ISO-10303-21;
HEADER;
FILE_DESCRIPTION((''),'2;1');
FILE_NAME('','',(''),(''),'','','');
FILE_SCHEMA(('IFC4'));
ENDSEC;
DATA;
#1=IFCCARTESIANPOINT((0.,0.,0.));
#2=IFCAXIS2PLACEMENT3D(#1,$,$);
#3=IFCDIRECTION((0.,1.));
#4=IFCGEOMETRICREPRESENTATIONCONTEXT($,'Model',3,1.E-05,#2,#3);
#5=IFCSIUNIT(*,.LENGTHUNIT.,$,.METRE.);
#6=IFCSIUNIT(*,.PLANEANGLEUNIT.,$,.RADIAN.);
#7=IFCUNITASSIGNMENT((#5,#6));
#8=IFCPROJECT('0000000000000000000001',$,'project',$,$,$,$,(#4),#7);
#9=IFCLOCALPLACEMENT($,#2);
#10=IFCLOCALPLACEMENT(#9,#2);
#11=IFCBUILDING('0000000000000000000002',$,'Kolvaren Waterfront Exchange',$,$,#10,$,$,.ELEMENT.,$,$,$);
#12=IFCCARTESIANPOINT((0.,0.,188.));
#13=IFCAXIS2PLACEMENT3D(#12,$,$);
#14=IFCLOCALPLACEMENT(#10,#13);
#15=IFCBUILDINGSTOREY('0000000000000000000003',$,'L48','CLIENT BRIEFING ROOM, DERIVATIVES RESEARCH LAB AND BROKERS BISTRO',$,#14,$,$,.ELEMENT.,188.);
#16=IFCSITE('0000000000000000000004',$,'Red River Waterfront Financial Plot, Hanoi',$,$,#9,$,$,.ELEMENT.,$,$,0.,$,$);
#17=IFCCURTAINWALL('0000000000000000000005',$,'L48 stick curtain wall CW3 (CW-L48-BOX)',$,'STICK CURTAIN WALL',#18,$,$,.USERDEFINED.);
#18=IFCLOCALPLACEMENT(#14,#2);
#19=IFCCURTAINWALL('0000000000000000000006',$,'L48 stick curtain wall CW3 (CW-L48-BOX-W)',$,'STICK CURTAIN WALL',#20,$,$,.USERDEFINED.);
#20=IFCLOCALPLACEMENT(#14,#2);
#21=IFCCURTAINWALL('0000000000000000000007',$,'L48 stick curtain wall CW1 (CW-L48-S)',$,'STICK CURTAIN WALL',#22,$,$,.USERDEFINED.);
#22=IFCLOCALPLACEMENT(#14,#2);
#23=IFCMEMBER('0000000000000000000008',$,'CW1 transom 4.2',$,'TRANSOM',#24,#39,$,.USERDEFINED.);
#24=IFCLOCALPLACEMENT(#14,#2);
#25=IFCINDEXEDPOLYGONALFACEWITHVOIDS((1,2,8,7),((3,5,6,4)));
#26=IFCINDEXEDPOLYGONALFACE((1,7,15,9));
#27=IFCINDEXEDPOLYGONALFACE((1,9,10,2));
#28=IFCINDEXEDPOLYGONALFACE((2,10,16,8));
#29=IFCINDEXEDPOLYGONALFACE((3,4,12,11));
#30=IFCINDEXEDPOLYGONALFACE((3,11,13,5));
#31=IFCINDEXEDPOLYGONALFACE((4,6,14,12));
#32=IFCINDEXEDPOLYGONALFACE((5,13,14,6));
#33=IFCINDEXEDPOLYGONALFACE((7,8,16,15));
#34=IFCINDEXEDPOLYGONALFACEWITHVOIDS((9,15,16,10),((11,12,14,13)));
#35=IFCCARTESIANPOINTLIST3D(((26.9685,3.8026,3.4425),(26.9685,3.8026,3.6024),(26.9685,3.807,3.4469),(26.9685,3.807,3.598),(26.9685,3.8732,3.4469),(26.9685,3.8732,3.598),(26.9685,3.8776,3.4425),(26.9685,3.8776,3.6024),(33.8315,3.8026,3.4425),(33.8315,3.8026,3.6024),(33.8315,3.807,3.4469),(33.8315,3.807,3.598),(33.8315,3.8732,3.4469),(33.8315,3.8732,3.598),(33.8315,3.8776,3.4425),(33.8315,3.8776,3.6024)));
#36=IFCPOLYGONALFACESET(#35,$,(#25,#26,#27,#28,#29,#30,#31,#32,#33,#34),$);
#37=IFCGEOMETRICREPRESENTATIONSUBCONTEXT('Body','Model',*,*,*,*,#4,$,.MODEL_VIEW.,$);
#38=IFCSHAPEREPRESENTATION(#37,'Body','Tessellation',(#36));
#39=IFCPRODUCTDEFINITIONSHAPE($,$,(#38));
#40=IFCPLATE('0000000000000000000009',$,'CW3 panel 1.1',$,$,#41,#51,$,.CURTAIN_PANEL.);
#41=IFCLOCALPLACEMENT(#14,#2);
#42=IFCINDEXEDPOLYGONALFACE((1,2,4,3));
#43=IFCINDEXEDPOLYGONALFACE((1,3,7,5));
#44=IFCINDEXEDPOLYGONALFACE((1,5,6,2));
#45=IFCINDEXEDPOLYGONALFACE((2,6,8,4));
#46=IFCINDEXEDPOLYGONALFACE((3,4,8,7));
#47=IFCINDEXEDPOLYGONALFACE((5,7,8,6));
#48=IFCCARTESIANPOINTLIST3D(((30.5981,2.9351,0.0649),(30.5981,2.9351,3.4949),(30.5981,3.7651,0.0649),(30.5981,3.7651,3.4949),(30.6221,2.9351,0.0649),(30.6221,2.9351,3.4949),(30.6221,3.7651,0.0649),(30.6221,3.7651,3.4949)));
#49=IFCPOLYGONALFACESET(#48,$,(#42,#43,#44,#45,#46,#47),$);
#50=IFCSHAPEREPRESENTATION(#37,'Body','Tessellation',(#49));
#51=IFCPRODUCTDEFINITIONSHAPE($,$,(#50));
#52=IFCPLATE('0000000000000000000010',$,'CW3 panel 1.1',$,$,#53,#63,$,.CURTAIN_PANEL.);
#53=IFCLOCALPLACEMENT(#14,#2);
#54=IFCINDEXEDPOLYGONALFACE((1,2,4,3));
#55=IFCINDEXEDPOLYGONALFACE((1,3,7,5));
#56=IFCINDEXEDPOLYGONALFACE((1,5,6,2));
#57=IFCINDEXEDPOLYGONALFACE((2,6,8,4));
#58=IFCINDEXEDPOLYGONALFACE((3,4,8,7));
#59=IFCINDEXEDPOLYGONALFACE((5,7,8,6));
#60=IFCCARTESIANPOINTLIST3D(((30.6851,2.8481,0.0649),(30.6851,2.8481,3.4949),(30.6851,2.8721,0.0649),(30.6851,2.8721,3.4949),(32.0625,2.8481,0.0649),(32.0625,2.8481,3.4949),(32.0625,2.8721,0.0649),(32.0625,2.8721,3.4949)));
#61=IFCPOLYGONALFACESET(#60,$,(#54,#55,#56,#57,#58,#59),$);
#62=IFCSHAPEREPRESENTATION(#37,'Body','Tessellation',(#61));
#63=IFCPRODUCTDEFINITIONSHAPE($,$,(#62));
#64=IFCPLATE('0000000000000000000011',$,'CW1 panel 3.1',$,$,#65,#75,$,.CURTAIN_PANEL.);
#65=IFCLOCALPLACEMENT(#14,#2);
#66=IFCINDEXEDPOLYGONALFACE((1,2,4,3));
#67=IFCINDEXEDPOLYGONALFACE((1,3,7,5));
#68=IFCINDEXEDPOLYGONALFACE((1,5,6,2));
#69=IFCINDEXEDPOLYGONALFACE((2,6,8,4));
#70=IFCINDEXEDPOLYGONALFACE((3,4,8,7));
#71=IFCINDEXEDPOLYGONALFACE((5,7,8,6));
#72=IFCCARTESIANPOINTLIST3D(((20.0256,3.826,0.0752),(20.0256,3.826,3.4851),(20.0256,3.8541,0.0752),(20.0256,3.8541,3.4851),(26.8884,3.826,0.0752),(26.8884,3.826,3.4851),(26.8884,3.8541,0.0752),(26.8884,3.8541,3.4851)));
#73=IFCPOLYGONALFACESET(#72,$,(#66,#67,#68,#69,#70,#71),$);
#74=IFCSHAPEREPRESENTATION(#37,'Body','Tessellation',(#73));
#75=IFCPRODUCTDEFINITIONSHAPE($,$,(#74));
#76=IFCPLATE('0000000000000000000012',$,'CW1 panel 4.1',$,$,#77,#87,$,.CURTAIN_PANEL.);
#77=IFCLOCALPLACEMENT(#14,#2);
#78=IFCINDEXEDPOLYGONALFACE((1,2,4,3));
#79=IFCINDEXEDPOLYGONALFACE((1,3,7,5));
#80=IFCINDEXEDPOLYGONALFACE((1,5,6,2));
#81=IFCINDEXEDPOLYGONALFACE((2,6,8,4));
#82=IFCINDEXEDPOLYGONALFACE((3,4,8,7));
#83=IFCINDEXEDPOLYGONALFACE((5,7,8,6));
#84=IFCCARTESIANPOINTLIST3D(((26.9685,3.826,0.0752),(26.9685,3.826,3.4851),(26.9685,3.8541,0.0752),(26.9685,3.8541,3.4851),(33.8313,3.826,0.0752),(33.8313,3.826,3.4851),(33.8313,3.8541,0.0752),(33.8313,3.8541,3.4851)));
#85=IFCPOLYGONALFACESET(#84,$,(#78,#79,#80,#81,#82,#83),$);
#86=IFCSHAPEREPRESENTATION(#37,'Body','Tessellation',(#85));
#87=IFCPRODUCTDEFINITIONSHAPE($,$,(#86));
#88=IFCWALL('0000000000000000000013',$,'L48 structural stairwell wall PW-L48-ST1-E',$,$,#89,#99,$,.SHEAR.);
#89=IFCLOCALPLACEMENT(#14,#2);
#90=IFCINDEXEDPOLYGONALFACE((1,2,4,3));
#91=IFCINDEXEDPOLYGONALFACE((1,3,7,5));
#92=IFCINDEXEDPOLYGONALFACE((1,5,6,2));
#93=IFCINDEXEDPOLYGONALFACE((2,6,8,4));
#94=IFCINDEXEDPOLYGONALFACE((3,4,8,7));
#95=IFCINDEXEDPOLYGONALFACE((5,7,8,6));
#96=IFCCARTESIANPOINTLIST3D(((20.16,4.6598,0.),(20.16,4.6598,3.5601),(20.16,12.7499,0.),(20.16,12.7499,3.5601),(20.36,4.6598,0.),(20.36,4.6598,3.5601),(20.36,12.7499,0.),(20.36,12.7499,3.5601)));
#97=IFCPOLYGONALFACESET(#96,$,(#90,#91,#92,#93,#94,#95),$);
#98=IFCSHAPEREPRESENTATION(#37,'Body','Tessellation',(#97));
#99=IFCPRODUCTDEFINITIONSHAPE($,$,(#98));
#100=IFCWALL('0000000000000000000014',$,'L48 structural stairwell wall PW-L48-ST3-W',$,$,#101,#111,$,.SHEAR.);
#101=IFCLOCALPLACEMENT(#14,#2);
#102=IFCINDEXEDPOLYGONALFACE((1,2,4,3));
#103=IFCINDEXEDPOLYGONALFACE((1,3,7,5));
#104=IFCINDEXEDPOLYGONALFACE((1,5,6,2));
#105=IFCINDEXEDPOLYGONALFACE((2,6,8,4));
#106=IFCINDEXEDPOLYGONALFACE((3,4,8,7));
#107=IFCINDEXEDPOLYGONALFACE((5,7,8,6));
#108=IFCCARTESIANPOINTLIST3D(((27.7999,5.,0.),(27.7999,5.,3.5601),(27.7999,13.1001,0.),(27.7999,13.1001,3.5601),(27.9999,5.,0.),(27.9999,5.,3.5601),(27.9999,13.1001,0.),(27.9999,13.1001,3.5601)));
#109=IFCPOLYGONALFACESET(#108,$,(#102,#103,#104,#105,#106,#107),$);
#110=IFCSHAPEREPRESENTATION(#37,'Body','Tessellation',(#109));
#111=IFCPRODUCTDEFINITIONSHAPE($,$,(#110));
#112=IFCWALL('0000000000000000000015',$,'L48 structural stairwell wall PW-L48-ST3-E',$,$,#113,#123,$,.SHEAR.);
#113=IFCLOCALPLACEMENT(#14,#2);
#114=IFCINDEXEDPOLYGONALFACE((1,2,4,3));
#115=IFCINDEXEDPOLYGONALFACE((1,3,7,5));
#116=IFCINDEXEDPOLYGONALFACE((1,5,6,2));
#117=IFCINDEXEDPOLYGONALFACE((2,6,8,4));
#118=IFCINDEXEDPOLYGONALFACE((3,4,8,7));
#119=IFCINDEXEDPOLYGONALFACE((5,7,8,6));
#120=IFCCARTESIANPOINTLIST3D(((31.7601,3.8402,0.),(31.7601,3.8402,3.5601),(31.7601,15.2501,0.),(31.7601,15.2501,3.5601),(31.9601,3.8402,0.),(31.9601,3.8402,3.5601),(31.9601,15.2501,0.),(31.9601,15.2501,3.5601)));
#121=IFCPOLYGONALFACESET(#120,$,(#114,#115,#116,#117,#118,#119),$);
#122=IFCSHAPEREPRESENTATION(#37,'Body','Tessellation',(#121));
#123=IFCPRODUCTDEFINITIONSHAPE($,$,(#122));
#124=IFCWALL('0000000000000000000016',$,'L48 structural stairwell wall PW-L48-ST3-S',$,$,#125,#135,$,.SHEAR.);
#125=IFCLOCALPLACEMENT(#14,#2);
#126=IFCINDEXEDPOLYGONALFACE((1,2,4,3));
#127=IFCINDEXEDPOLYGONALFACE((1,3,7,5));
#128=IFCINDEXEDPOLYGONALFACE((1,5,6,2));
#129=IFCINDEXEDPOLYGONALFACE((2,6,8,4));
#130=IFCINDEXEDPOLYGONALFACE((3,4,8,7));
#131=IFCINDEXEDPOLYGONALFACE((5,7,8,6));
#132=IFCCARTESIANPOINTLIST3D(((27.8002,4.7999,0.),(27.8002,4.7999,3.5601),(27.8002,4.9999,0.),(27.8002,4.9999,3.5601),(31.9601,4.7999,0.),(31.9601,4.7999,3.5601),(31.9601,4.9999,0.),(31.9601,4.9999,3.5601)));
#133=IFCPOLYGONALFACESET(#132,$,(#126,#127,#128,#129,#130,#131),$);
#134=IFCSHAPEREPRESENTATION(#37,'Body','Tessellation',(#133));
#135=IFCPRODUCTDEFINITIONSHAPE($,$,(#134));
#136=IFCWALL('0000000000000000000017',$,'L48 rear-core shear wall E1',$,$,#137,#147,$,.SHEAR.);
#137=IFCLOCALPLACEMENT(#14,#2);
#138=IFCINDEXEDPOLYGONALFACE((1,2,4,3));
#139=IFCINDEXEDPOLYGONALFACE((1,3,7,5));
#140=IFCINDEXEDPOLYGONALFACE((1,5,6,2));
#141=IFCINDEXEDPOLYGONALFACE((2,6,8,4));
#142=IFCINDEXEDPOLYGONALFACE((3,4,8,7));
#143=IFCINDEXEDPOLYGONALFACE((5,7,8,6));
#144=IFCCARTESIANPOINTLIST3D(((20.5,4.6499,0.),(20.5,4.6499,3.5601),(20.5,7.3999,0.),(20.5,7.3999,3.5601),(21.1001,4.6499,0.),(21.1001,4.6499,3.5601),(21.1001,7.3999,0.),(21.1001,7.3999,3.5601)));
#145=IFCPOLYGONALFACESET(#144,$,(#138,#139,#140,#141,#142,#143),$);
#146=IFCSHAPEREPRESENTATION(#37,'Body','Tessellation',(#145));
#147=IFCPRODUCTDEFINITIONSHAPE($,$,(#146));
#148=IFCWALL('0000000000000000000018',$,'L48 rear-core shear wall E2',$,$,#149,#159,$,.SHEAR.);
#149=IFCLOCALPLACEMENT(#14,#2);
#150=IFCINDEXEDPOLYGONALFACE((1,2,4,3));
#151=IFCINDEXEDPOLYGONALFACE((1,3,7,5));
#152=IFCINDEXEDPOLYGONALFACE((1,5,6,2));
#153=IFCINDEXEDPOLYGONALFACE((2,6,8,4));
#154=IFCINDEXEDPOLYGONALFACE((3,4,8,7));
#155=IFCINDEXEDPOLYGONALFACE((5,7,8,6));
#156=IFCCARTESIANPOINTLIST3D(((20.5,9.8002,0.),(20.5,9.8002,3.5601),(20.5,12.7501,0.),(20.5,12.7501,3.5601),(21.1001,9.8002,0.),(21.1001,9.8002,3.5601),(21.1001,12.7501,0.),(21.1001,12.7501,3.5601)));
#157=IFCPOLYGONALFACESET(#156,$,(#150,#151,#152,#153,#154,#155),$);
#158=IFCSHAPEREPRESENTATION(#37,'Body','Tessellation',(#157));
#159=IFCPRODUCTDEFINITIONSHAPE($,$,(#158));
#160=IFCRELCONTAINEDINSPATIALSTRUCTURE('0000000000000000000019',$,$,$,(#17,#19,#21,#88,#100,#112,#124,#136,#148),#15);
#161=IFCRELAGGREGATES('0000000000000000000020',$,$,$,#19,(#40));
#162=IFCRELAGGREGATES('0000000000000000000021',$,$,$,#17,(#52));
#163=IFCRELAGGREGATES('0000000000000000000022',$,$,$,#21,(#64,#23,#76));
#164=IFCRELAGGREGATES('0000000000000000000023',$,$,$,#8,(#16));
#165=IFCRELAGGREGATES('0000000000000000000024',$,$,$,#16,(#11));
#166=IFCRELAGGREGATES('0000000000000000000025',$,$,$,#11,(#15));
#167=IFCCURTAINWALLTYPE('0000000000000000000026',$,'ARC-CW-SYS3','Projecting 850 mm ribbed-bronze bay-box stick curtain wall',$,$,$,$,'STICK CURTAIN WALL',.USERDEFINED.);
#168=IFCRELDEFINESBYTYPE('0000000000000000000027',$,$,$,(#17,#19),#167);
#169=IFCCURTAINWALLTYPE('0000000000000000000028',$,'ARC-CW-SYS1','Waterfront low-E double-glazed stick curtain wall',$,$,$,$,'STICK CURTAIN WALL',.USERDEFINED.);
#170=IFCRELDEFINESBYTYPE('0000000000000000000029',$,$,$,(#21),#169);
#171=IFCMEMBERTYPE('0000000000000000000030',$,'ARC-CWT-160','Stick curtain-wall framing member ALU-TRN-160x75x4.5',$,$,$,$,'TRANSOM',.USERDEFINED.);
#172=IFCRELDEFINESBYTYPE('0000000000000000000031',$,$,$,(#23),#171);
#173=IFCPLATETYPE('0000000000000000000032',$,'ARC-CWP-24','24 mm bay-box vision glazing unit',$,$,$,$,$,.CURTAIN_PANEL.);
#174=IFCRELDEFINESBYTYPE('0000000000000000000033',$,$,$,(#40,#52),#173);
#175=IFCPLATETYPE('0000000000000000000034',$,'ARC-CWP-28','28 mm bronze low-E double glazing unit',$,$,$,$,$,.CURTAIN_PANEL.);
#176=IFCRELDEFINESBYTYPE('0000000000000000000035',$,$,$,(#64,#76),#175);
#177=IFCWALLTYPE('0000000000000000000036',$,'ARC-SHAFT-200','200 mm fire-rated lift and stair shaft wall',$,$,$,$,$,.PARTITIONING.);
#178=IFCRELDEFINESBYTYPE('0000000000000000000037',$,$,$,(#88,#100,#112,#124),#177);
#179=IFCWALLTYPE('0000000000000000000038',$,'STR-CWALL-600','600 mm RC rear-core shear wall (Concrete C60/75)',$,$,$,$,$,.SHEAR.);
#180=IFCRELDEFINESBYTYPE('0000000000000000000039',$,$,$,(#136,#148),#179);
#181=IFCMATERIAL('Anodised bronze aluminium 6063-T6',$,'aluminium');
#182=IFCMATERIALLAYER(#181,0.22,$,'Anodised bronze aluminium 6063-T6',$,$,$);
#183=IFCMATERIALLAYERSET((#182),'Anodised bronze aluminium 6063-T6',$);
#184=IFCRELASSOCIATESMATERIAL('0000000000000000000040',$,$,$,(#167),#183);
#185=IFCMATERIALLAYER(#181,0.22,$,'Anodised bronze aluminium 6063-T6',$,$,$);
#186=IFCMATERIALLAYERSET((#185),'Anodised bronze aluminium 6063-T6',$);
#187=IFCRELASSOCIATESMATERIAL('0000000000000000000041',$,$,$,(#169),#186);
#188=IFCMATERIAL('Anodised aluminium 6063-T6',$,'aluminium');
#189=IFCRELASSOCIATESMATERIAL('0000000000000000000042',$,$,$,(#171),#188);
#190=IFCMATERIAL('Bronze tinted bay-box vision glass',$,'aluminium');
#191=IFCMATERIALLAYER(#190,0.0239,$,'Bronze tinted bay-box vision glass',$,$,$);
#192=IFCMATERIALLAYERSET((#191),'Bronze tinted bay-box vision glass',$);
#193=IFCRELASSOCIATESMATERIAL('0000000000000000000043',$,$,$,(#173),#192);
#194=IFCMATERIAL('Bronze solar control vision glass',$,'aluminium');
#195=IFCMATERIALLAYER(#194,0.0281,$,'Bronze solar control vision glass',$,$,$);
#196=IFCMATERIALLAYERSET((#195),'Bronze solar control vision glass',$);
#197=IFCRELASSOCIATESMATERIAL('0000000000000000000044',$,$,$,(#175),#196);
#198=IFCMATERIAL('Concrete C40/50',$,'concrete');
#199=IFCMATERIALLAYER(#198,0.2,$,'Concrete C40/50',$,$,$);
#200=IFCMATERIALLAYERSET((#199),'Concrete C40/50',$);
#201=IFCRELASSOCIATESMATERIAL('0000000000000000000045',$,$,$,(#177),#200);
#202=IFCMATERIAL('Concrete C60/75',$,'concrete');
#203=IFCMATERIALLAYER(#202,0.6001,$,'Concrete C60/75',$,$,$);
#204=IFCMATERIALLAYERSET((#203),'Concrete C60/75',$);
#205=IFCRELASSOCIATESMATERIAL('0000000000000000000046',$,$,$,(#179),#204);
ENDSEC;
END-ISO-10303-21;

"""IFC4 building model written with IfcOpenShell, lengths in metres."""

from ifc_helpers import new_model, si_unit, direction, frame, frame_2d, origin, origin_with_axes, origin_2d, place, context, subcontext, project, spatial, rectangle, hollow_rectangle, extrude, source, transform, mapped, material, layer, layer_set, material_profile, profile_set, type_object, element, aggregate, save


model = new_model("IFC4")

# Units and contexts
model_context = context("Model", 3, precision=1e-05, world=origin(), true_north=direction((0.0, 1.0)))
body_context = subcontext(model_context, "Body", "Model", "MODEL_VIEW")
ifc_project = project(units=[si_unit("LENGTHUNIT", "METRE"), si_unit("PLANEANGLEUNIT", "RADIAN")], contexts=[model_context])

# Site, building, storey
site_placement = place(None, origin())
site = spatial("IfcSite", under=ifc_project, at=site_placement, Name="Red River Waterfront Financial Plot, Hanoi", CompositionType="ELEMENT", RefElevation=0.0)
building_placement = place(site_placement, origin())
building = spatial("IfcBuilding", under=site, at=building_placement, Name="Kolvaren Waterfront Exchange", CompositionType="ELEMENT")
storey_placement = place(building_placement, frame((0.0, 0.0, 188.0)))
storey = spatial("IfcBuildingStorey", under=building, at=storey_placement, Name="L48", Description="CLIENT BRIEFING ROOM, DERIVATIVES RESEARCH LAB AND BROKERS BISTRO", CompositionType="ELEMENT", Elevation=188.0)

# Shared definitions
ifc_material_1 = material(Name="Concrete C60/75", Category="concrete")

# Curtain walls
ifc_material_2 = material(Name="Anodised bronze aluminium 6063-T6", Category="aluminium")
ifc_layer_1 = layer(ifc_material_2, 0.22, Name="Anodised bronze aluminium 6063-T6")
ifc_layer_set_1 = layer_set([ifc_layer_1], Name="Anodised bronze aluminium 6063-T6")
curtain_wall_type_1 = type_object("IfcCurtainWallType", Name="ARC-CW-SYS3", Description="Projecting 850 mm ribbed-bronze bay-box stick curtain wall", ElementType="STICK CURTAIN WALL", PredefinedType="USERDEFINED", material=ifc_layer_set_1)
curtain_wall_1_placement = place(storey_placement, origin())
curtain_wall_1 = element("IfcCurtainWall", 1, at=curtain_wall_1_placement, inside=storey, type_object=curtain_wall_type_1, Name="L48 stick curtain wall CW3 (CW-L48-BOX)", ObjectType="STICK CURTAIN WALL", PredefinedType="USERDEFINED")
curtain_wall_2_placement = place(storey_placement, origin())
curtain_wall_2 = element("IfcCurtainWall", 2, at=curtain_wall_2_placement, inside=storey, type_object=curtain_wall_type_1, Name="L48 stick curtain wall CW3 (CW-L48-BOX-W)", ObjectType="STICK CURTAIN WALL", PredefinedType="USERDEFINED")

# Curtain wall, member
ifc_layer_2 = layer(ifc_material_2, 0.22, Name="Anodised bronze aluminium 6063-T6")
ifc_layer_set_2 = layer_set([ifc_layer_2], Name="Anodised bronze aluminium 6063-T6")
curtain_wall_type_2 = type_object("IfcCurtainWallType", Name="ARC-CW-SYS1", Description="Waterfront low-E double-glazed stick curtain wall", ElementType="STICK CURTAIN WALL", PredefinedType="USERDEFINED", material=ifc_layer_set_2)
curtain_wall_3_placement = place(storey_placement, origin())
curtain_wall_3 = element("IfcCurtainWall", 3, at=curtain_wall_3_placement, inside=storey, type_object=curtain_wall_type_2, Name="L48 stick curtain wall CW1 (CW-L48-S)", ObjectType="STICK CURTAIN WALL", PredefinedType="USERDEFINED")
ifc_material_3 = material(Name="Anodised aluminium 6063-T6", Category="aluminium")
ifc_material_profile_1 = material_profile(ifc_material_3, hollow_rectangle(XDim=0.075, YDim=0.1599, WallThickness=0.0044, at=origin_2d()), Name="ALU-TRN-160x75x4.5")
ifc_profile_set_1 = profile_set([ifc_material_profile_1], Name="Anodised aluminium 6063-T6")
member_type_1 = type_object("IfcMemberType", Name="ARC-CWT-160", Description="Stick curtain-wall framing member ALU-TRN-160x75x4.5", ElementType="TRANSOM", PredefinedType="USERDEFINED", material=ifc_profile_set_1)
shared_shape_1 = source(origin_with_axes(), body_context, "Body", "SweptSolid", [
    extrude(hollow_rectangle(XDim=0.075, YDim=0.1599, WallThickness=0.0044, at=origin_2d()), origin(), (0.0, 0.0, 1.0), 6.863),
])
member_1_placement = place(storey_placement, frame((26.9685, 3.8401, 3.5225), z_axis=(1.0, 0.0, 0.0), x_axis=(0.0, 1.0, 0.0)))
member_1 = element("IfcMember", 4, at=member_1_placement, type_object=member_type_1, Name="CW1 transom 4.2", ObjectType="TRANSOM", PredefinedType="USERDEFINED", context=body_context, shape_type="MappedRepresentation", body=[
    mapped(shared_shape_1, transform((0.0, 0.0, 0.0), x_axis=(1.0, 0.0, 0.0), y_axis=(0.0, 1.0, 0.0), z_axis=(0.0, 0.0, 1.0), scale=1.0)),
])

# Plates
ifc_material_4 = material(Name="Bronze tinted bay-box vision glass", Category="aluminium")
ifc_layer_3 = layer(ifc_material_4, 0.0239, Name="Bronze tinted bay-box vision glass")
ifc_layer_set_3 = layer_set([ifc_layer_3], Name="Bronze tinted bay-box vision glass")
plate_type_1 = type_object("IfcPlateType", Name="ARC-CWP-24", Description="24 mm bay-box vision glazing unit", PredefinedType="CURTAIN_PANEL", material=ifc_layer_set_3)
shared_shape_2 = source(origin_with_axes(), body_context, "Body", "SweptSolid", [
    extrude(rectangle(XDim=0.8301, YDim=0.0239, at=origin_2d()), origin(), (0.0, 0.0, 1.0), 3.4299),
])
plate_1_placement = place(storey_placement, frame((30.6101, 3.3501, 0.0649), z_axis=(0.0, 0.0, 1.0), x_axis=(0.0, -1.0, 0.0)))
plate_1 = element("IfcPlate", 5, at=plate_1_placement, type_object=plate_type_1, Name="CW3 panel 1.1", PredefinedType="CURTAIN_PANEL", context=body_context, shape_type="MappedRepresentation", body=[
    mapped(shared_shape_2, transform((0.0, 0.0, 0.0), x_axis=(1.0, 0.0, 0.0), y_axis=(0.0, 1.0, 0.0), z_axis=(0.0, 0.0, 1.0), scale=1.0)),
])
aggregate(curtain_wall_2, [plate_1])
shared_shape_3 = source(origin_with_axes(), body_context, "Body", "SweptSolid", [
    extrude(rectangle(XDim=1.3774, YDim=0.0239, at=origin_2d()), origin(), (0.0, 0.0, 1.0), 3.4299),
])
plate_2_placement = place(storey_placement, frame((31.3738, 2.8601, 0.0649), z_axis=(0.0, 0.0, 1.0), x_axis=(1.0, 0.0, 0.0)))
plate_2 = element("IfcPlate", 6, at=plate_2_placement, type_object=plate_type_1, Name="CW3 panel 1.1", PredefinedType="CURTAIN_PANEL", context=body_context, shape_type="MappedRepresentation", body=[
    mapped(shared_shape_3, transform((0.0, 0.0, 0.0), x_axis=(1.0, 0.0, 0.0), y_axis=(0.0, 1.0, 0.0), z_axis=(0.0, 0.0, 1.0), scale=1.0)),
])
aggregate(curtain_wall_1, [plate_2])
ifc_material_5 = material(Name="Bronze solar control vision glass", Category="aluminium")
ifc_layer_4 = layer(ifc_material_5, 0.0281, Name="Bronze solar control vision glass")
ifc_layer_set_4 = layer_set([ifc_layer_4], Name="Bronze solar control vision glass")
plate_type_2 = type_object("IfcPlateType", Name="ARC-CWP-28", Description="28 mm bronze low-E double glazing unit", PredefinedType="CURTAIN_PANEL", material=ifc_layer_set_4)
shared_shape_4 = source(origin_with_axes(), body_context, "Body", "SweptSolid", [
    extrude(rectangle(XDim=6.8628, YDim=0.0281, at=origin_2d()), origin(), (0.0, 0.0, 1.0), 3.4099),
])
plate_3_placement = place(storey_placement, frame((23.457, 3.8401, 0.0752), z_axis=(0.0, 0.0, 1.0), x_axis=(1.0, 0.0, 0.0)))
plate_3 = element("IfcPlate", 7, at=plate_3_placement, type_object=plate_type_2, Name="CW1 panel 3.1", PredefinedType="CURTAIN_PANEL", context=body_context, shape_type="MappedRepresentation", body=[
    mapped(shared_shape_4, transform((0.0, 0.0, 0.0), x_axis=(1.0, 0.0, 0.0), y_axis=(0.0, 1.0, 0.0), z_axis=(0.0, 0.0, 1.0), scale=1.0)),
])
plate_4_placement = place(storey_placement, frame((30.3999, 3.8401, 0.0752), z_axis=(0.0, 0.0, 1.0), x_axis=(1.0, 0.0, 0.0)))
plate_4 = element("IfcPlate", 8, at=plate_4_placement, type_object=plate_type_2, Name="CW1 panel 4.1", PredefinedType="CURTAIN_PANEL", context=body_context, shape_type="MappedRepresentation", body=[
    mapped(shared_shape_4, transform((0.0, 0.0, 0.0), x_axis=(1.0, 0.0, 0.0), y_axis=(0.0, 1.0, 0.0), z_axis=(0.0, 0.0, 1.0), scale=1.0)),
])
aggregate(curtain_wall_3, [plate_3, member_1, plate_4])

# Walls
ifc_material_6 = material(Name="Concrete C40/50", Category="concrete")
ifc_layer_5 = layer(ifc_material_6, 0.2, Name="Concrete C40/50")
ifc_layer_set_5 = layer_set([ifc_layer_5], Name="Concrete C40/50")
wall_type_1 = type_object("IfcWallType", Name="ARC-SHAFT-200", Description="200 mm fire-rated lift and stair shaft wall", PredefinedType="PARTITIONING", material=ifc_layer_set_5)
wall_1_placement = place(storey_placement, frame((20.26, 4.6599, 0.0), z_axis=(0.0, 0.0, 1.0), x_axis=(0.0, 1.0, 0.0)))
element("IfcWall", 9, at=wall_1_placement, inside=storey, type_object=wall_type_1, Name="L48 structural stairwell wall PW-L48-ST1-E", PredefinedType="SHEAR", context=body_context, shape_type="SweptSolid", body=[
    extrude(rectangle(XDim=8.0901, YDim=0.2, at=frame_2d((4.0449, 0.0))), origin(), (0.0, 0.0, 1.0), 3.5601),
])
wall_2_placement = place(storey_placement, frame((27.8999, 5.0, 0.0), z_axis=(0.0, 0.0, 1.0), x_axis=(0.0, 1.0, 0.0)))
element("IfcWall", 10, at=wall_2_placement, inside=storey, type_object=wall_type_1, Name="L48 structural stairwell wall PW-L48-ST3-W", PredefinedType="SHEAR", context=body_context, shape_type="SweptSolid", body=[
    extrude(rectangle(XDim=8.1001, YDim=0.2, at=frame_2d((4.05, 0.0))), origin(), (0.0, 0.0, 1.0), 3.5601),
])
wall_3_placement = place(storey_placement, frame((31.8601, 3.8401, 0.0), z_axis=(0.0, 0.0, 1.0), x_axis=(0.0, 1.0, 0.0)))
element("IfcWall", 11, at=wall_3_placement, inside=storey, type_object=wall_type_1, Name="L48 structural stairwell wall PW-L48-ST3-E", PredefinedType="SHEAR", context=body_context, shape_type="SweptSolid", body=[
    extrude(rectangle(XDim=11.4099, YDim=0.2, at=frame_2d((5.7051, 0.0))), origin(), (0.0, 0.0, 1.0), 3.5601),
])
wall_4_placement = place(storey_placement, frame((27.8, 4.8999, 0.0), z_axis=(0.0, 0.0, 1.0), x_axis=(1.0, 0.0, 0.0)))
element("IfcWall", 12, at=wall_4_placement, inside=storey, type_object=wall_type_1, Name="L48 structural stairwell wall PW-L48-ST3-S", PredefinedType="SHEAR", context=body_context, shape_type="SweptSolid", body=[
    extrude(rectangle(XDim=4.1599, YDim=0.2, at=frame_2d((2.0801, 0.0))), origin(), (0.0, 0.0, 1.0), 3.5601),
])
ifc_layer_6 = layer(ifc_material_1, 0.6001, Name="Concrete C60/75")
ifc_layer_set_6 = layer_set([ifc_layer_6], Name="Concrete C60/75")
wall_type_2 = type_object("IfcWallType", Name="STR-CWALL-600", Description="600 mm RC rear-core shear wall (Concrete C60/75)", PredefinedType="SHEAR", material=ifc_layer_set_6)
wall_5_placement = place(storey_placement, frame((20.8, 4.6499, 0.0), z_axis=(0.0, 0.0, 1.0), x_axis=(0.0, 1.0, 0.0)))
element("IfcWall", 13, at=wall_5_placement, inside=storey, type_object=wall_type_2, Name="L48 rear-core shear wall E1", PredefinedType="SHEAR", context=body_context, shape_type="SweptSolid", body=[
    extrude(rectangle(XDim=2.75, YDim=0.6001, at=frame_2d((1.375, 0.0))), origin(), (0.0, 0.0, 1.0), 3.5601),
])
wall_6_placement = place(storey_placement, frame((20.8, 9.8, 0.0), z_axis=(0.0, 0.0, 1.0), x_axis=(0.0, 1.0, 0.0)))
element("IfcWall", 14, at=wall_6_placement, inside=storey, type_object=wall_type_2, Name="L48 rear-core shear wall E2", PredefinedType="SHEAR", context=body_context, shape_type="SweptSolid", body=[
    extrude(rectangle(XDim=2.95, YDim=0.6001, at=frame_2d((1.4751, 0.0))), origin(), (0.0, 0.0, 1.0), 3.5601),
])

save(model, "model.ifc")
